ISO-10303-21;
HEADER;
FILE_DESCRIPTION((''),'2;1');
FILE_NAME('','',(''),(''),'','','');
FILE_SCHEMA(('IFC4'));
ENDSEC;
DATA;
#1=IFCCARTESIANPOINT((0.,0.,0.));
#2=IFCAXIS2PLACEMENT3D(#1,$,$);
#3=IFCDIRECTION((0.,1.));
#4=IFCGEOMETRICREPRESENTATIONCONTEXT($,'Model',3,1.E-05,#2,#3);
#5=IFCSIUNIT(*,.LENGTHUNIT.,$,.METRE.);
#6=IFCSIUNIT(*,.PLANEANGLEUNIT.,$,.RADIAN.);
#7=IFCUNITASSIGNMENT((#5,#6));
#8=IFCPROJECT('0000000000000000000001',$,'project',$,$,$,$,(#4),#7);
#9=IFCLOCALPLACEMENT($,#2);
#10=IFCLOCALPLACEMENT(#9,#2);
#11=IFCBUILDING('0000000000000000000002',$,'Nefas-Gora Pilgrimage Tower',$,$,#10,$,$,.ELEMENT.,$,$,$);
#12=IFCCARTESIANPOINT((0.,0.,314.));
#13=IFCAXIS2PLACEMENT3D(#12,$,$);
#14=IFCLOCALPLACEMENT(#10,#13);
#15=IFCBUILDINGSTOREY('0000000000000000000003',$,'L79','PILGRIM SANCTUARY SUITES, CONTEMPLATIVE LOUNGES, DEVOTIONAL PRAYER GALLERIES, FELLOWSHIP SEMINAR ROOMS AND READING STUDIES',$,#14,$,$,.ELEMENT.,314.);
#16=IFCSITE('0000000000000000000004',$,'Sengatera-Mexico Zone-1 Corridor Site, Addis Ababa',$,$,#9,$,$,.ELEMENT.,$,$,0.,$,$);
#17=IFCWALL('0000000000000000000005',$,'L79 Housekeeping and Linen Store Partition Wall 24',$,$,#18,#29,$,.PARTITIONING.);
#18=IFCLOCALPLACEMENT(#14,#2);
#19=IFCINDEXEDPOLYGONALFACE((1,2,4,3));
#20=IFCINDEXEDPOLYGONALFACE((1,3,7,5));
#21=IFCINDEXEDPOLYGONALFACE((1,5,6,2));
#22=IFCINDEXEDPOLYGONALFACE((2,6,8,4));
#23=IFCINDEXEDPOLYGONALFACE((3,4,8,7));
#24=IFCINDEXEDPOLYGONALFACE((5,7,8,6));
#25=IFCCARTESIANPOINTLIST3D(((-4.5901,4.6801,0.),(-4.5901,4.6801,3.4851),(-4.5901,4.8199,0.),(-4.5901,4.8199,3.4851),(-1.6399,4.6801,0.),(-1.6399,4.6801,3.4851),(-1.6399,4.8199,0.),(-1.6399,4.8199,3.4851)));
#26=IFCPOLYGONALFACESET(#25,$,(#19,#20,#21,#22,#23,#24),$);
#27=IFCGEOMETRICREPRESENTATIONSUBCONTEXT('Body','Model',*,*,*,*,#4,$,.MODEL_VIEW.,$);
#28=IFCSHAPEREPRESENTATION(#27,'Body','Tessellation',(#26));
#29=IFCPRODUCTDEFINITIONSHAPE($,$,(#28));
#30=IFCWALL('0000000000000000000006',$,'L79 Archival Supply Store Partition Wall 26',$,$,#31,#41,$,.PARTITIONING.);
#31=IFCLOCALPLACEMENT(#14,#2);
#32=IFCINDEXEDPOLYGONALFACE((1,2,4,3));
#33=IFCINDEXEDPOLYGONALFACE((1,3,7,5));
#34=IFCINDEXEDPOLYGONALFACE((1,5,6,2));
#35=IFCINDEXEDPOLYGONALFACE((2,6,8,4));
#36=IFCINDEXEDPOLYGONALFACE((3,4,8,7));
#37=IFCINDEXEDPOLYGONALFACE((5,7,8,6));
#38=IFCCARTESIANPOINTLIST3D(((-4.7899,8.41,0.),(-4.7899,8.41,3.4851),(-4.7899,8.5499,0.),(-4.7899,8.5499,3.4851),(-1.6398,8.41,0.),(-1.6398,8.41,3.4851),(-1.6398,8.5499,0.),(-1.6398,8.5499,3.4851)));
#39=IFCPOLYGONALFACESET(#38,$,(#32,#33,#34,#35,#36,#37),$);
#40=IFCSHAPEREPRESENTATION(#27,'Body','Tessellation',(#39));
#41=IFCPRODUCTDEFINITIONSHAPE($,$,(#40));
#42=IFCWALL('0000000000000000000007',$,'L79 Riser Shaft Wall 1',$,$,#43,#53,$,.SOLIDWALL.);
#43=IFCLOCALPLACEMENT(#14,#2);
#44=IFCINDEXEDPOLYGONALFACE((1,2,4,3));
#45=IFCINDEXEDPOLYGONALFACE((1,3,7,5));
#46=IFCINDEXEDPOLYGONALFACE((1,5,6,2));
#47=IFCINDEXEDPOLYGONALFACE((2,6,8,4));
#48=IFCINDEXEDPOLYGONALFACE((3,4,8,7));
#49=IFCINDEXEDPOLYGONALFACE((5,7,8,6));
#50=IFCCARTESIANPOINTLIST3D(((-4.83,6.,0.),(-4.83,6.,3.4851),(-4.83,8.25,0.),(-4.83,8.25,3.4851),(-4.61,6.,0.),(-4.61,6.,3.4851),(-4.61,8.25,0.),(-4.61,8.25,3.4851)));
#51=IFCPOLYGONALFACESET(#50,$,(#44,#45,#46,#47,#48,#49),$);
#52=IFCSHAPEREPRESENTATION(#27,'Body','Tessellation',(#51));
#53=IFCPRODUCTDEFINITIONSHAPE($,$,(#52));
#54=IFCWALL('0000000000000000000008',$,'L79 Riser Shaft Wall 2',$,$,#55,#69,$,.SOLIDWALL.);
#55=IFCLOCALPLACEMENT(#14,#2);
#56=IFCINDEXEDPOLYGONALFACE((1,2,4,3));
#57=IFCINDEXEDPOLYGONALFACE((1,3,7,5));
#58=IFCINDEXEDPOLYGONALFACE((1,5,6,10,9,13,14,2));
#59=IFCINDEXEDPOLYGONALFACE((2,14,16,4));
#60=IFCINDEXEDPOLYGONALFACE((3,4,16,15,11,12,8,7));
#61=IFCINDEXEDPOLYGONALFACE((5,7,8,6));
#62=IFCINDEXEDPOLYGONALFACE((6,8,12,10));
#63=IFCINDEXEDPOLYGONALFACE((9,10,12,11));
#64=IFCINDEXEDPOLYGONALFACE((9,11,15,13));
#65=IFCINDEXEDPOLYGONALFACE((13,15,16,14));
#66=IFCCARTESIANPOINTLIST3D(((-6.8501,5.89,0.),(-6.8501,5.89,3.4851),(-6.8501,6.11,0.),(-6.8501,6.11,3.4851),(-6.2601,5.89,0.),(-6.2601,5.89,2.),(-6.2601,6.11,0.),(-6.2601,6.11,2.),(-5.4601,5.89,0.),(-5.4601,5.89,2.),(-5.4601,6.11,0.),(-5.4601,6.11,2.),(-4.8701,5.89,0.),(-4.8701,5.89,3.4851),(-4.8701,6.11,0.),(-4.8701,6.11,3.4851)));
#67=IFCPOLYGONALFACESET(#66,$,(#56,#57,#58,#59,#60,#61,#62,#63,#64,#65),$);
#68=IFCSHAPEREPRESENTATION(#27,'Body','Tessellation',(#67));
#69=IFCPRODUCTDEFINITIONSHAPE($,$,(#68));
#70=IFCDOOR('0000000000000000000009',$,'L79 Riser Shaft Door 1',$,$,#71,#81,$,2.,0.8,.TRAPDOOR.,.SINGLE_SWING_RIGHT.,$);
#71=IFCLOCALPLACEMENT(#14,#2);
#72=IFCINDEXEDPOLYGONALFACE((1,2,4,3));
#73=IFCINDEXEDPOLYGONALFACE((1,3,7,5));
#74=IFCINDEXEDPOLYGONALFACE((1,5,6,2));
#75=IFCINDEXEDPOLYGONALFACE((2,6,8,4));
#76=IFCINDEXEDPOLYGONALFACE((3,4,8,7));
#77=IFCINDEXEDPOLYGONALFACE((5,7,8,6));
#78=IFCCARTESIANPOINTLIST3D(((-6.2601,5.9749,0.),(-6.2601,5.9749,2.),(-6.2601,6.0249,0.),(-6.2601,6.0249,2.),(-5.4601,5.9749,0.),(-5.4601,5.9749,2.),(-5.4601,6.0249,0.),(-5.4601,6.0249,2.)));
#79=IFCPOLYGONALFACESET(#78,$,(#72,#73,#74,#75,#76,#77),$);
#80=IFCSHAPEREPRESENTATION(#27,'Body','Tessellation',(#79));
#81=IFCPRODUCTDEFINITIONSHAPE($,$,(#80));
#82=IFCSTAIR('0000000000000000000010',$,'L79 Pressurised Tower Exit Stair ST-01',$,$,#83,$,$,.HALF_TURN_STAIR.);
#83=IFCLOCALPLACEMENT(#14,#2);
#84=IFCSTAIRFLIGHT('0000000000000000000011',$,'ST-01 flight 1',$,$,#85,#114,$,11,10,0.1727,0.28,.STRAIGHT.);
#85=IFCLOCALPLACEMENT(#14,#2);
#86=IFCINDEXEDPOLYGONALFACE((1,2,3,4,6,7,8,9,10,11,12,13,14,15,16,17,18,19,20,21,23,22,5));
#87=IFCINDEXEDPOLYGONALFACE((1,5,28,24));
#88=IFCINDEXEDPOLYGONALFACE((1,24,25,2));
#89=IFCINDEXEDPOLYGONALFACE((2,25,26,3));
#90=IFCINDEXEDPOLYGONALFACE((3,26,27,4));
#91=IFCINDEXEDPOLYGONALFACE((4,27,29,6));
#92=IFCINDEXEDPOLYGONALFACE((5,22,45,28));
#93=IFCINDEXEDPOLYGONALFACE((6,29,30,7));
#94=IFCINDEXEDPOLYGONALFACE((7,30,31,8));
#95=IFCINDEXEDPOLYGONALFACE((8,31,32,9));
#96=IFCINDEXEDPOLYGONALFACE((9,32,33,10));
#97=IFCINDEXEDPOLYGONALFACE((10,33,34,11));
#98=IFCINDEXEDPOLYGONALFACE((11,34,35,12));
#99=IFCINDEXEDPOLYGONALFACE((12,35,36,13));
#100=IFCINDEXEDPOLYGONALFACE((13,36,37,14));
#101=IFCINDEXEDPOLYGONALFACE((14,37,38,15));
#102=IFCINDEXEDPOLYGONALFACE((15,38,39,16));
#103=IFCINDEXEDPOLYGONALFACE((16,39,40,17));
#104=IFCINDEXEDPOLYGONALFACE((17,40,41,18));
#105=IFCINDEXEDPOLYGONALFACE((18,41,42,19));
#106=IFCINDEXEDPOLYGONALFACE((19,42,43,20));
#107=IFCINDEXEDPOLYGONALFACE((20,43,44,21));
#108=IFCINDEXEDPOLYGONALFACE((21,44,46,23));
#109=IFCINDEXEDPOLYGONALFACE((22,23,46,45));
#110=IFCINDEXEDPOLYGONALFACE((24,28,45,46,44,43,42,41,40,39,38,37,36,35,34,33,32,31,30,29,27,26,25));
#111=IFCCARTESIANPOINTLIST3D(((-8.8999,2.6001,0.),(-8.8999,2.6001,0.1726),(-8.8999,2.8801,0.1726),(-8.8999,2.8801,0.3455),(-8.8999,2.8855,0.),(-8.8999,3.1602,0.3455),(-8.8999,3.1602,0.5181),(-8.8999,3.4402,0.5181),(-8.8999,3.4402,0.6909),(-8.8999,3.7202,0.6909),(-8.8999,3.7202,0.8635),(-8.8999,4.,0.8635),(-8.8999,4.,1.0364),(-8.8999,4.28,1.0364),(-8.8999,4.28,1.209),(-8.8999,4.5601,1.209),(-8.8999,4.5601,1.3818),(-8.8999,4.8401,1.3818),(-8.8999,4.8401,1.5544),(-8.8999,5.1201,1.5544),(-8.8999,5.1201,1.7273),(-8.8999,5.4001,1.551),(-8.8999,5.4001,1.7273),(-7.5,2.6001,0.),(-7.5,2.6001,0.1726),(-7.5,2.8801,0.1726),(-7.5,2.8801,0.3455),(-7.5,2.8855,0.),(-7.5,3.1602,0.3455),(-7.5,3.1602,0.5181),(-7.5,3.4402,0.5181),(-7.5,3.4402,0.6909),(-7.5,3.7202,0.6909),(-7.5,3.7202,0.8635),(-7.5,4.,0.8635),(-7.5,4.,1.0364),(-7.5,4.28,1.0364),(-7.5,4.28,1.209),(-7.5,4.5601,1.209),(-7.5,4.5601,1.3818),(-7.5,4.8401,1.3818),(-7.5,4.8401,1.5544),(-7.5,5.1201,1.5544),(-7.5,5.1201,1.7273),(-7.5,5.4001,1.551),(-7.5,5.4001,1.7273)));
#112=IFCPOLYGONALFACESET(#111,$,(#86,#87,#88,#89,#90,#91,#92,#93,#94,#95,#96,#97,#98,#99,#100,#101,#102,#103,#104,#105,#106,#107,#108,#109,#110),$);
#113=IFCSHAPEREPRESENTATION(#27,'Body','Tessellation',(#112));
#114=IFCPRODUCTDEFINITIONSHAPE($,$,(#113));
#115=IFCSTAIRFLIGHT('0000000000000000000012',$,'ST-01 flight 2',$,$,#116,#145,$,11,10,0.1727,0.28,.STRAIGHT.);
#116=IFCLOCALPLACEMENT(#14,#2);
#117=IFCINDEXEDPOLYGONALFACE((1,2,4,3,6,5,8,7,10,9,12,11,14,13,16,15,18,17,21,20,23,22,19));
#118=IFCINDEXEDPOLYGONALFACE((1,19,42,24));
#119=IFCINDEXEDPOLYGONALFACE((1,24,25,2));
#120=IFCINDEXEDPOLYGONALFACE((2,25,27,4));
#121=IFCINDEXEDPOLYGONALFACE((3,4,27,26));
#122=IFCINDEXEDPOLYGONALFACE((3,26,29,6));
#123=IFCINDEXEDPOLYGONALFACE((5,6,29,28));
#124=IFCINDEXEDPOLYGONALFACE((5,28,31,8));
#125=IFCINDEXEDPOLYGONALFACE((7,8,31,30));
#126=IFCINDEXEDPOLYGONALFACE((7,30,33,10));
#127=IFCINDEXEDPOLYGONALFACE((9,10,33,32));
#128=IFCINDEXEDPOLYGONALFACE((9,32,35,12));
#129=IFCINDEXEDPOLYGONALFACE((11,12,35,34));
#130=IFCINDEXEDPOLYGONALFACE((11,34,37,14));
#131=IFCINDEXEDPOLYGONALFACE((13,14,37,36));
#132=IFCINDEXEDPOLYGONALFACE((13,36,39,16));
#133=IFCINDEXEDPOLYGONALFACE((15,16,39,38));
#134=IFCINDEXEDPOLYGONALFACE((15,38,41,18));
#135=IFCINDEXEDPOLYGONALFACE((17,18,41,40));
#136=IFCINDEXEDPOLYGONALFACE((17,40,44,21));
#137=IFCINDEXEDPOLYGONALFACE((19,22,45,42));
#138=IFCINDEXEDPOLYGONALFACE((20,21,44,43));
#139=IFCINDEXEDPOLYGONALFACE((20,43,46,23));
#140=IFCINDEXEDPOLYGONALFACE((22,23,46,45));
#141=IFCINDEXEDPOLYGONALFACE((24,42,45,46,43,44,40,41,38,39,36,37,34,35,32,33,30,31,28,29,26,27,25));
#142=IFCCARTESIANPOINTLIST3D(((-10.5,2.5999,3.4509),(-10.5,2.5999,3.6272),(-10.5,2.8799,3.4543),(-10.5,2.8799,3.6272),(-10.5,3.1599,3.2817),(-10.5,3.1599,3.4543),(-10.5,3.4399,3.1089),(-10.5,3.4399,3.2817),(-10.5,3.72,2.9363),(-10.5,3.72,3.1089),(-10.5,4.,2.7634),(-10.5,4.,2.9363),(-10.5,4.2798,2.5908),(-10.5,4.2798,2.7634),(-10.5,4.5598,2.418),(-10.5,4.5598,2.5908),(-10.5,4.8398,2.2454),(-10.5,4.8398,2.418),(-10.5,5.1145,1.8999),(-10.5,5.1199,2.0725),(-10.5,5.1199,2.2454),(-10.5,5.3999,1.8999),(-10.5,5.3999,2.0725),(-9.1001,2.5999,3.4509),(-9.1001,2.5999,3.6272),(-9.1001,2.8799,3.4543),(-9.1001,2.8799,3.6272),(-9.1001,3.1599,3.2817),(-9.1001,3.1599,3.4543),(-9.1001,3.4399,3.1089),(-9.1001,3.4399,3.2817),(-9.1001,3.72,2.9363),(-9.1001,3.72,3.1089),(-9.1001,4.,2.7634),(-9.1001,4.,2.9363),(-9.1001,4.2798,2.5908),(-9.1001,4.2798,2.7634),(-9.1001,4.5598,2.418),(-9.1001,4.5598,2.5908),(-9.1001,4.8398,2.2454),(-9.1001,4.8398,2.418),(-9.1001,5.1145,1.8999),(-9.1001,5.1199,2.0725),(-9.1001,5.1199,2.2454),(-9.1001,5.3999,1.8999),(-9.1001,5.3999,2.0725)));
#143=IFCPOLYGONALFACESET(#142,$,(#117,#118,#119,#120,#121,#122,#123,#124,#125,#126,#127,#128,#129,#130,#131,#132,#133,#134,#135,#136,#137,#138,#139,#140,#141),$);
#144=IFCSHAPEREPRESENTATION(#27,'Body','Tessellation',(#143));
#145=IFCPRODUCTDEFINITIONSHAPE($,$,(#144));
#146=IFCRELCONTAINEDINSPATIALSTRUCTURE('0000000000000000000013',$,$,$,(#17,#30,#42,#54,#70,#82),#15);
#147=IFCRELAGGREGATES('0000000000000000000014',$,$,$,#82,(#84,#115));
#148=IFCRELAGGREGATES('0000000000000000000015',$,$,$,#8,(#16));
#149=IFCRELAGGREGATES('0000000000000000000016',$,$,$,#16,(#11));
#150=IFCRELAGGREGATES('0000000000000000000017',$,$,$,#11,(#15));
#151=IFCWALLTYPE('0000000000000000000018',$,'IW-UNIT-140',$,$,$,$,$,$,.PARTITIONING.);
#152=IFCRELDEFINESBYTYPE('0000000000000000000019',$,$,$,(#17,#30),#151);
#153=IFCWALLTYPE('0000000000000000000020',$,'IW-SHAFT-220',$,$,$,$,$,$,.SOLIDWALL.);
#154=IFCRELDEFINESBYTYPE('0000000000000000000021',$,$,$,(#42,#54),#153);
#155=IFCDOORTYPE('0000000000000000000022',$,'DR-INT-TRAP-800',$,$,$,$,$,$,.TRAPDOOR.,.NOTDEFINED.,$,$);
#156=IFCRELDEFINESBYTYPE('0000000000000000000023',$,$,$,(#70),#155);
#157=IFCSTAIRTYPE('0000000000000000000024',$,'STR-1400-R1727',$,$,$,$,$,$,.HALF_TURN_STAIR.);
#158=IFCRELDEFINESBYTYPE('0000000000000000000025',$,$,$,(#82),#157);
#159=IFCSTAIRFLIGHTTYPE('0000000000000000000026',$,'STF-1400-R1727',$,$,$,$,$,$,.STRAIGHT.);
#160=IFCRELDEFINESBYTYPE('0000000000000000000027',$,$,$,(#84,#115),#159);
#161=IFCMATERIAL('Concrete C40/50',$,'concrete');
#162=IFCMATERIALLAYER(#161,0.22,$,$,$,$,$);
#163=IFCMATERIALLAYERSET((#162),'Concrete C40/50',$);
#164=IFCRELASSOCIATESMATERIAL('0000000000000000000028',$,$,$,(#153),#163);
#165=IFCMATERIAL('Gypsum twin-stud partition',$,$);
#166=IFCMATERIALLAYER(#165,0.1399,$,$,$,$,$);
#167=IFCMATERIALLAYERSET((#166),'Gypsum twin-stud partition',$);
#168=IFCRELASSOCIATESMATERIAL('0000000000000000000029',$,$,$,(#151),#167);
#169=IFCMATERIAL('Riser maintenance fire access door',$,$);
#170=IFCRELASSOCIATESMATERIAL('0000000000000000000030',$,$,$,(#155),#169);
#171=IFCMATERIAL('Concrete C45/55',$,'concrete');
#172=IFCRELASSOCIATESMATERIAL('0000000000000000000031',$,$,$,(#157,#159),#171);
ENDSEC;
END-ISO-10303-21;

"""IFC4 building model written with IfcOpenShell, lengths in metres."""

from ifc_helpers import new_model, si_unit, direction, frame, frame_2d, origin, place, context, subcontext, project, spatial, polyline, rectangle, outline, extrude, source, transform, mapped, material, layer, layer_set, type_object, element, fill, aggregate, save


model = new_model("IFC4")

# Units and contexts
model_context = context("Model", 3, precision=1e-05, world=origin(), true_north=direction((0.0, 1.0)))
body_context = subcontext(model_context, "Body", "Model", "MODEL_VIEW")
ifc_project = project(units=[si_unit("LENGTHUNIT", "METRE"), si_unit("PLANEANGLEUNIT", "RADIAN")], contexts=[model_context])

# Site, building, storey
site_placement = place(None, origin())
site = spatial("IfcSite", under=ifc_project, at=site_placement, Name="Sengatera-Mexico Zone-1 Corridor Site, Addis Ababa", CompositionType="ELEMENT", RefElevation=0.0)
building_placement = place(site_placement, origin())
building = spatial("IfcBuilding", under=site, at=building_placement, Name="Nefas-Gora Pilgrimage Tower", CompositionType="ELEMENT")
storey_placement = place(building_placement, frame((0.0, 0.0, 314.0)))
storey = spatial("IfcBuildingStorey", under=building, at=storey_placement, Name="L79", Description="PILGRIM SANCTUARY SUITES, CONTEMPLATIVE LOUNGES, DEVOTIONAL PRAYER GALLERIES, FELLOWSHIP SEMINAR ROOMS AND READING STUDIES", CompositionType="ELEMENT", Elevation=314.0)

# Shared definitions
ifc_material_1 = material(Name="Concrete C45/55", Category="concrete")

# Shared definitions
ifc_material_2 = material(Name="Concrete C40/50", Category="concrete")
ifc_layer_1 = layer(ifc_material_2, 0.22)
ifc_layer_set_1 = layer_set([ifc_layer_1], Name="Concrete C40/50")
wall_type_1 = type_object("IfcWallType", Name="IW-SHAFT-220", PredefinedType="SOLIDWALL", material=ifc_layer_set_1)

# Walls
ifc_material_3 = material(Name="Gypsum twin-stud partition")
ifc_layer_2 = layer(ifc_material_3, 0.1399)
ifc_layer_set_2 = layer_set([ifc_layer_2], Name="Gypsum twin-stud partition")
wall_type_2 = type_object("IfcWallType", Name="IW-UNIT-140", PredefinedType="PARTITIONING", material=ifc_layer_set_2)
shared_shape_1 = source(origin(), body_context, "Body", "SweptSolid", [
    extrude(rectangle(XDim=2.9502, YDim=0.1399, at=frame_2d((1.4751, 0.0))), origin(), (0.0, 0.0, 1.0), 3.4851),
])
wall_1_placement = place(storey_placement, frame((-4.5901, 4.75, 0.0), z_axis=(0.0, 0.0, 1.0), x_axis=(1.0, 0.0, 0.0)))
element("IfcWall", 1, at=wall_1_placement, inside=storey, type_object=wall_type_2, Name="L79 Housekeeping and Linen Store Partition Wall 24", PredefinedType="PARTITIONING", context=body_context, shape_type="MappedRepresentation", body=[
    mapped(shared_shape_1, transform((0.0, 0.0, 0.0), x_axis=(1.0, 0.0, 0.0), y_axis=(0.0, 1.0, 0.0), z_axis=(0.0, 0.0, 1.0), scale=1.0)),
])
shared_shape_2 = source(origin(), body_context, "Body", "SweptSolid", [
    extrude(rectangle(XDim=3.1501, YDim=0.1399, at=frame_2d((1.5752, 0.0))), origin(), (0.0, 0.0, 1.0), 3.4851),
])
wall_2_placement = place(storey_placement, frame((-4.79, 8.48, 0.0), z_axis=(0.0, 0.0, 1.0), x_axis=(1.0, 0.0, 0.0)))
element("IfcWall", 2, at=wall_2_placement, inside=storey, type_object=wall_type_2, Name="L79 Archival Supply Store Partition Wall 26", PredefinedType="PARTITIONING", context=body_context, shape_type="MappedRepresentation", body=[
    mapped(shared_shape_2, transform((0.0, 0.0, 0.0), x_axis=(1.0, 0.0, 0.0), y_axis=(0.0, 1.0, 0.0), z_axis=(0.0, 0.0, 1.0), scale=1.0)),
])
shared_shape_3 = source(origin(), body_context, "Body", "SweptSolid", [
    extrude(rectangle(XDim=2.25, YDim=0.22, at=frame_2d((1.125, 0.0))), origin(), (0.0, 0.0, 1.0), 3.4851),
])
wall_3_placement = place(storey_placement, frame((-4.72, 6.0, 0.0), z_axis=(0.0, 0.0, 1.0), x_axis=(0.0, 1.0, 0.0)))
element("IfcWall", 3, at=wall_3_placement, inside=storey, type_object=wall_type_1, Name="L79 Riser Shaft Wall 1", PredefinedType="SOLIDWALL", context=body_context, shape_type="MappedRepresentation", body=[
    mapped(shared_shape_3, transform((0.0, 0.0, 0.0), x_axis=(1.0, 0.0, 0.0), y_axis=(0.0, 1.0, 0.0), z_axis=(0.0, 0.0, 1.0), scale=1.0)),
])

# Wall, opening, door
shared_shape_4 = source(origin(), body_context, "Body", "SweptSolid", [
    extrude(rectangle(XDim=1.98, YDim=0.22, at=frame_2d((0.99, 0.0))), origin(), (0.0, 0.0, 1.0), 3.4851),
])
wall_4_placement = place(storey_placement, frame((-6.8501, 6.0, 0.0), z_axis=(0.0, 0.0, 1.0), x_axis=(1.0, 0.0, 0.0)))
wall_4 = element("IfcWall", 4, at=wall_4_placement, inside=storey, type_object=wall_type_1, Name="L79 Riser Shaft Wall 2", PredefinedType="SOLIDWALL", context=body_context, shape_type="MappedRepresentation", body=[
    mapped(shared_shape_4, transform((0.0, 0.0, 0.0), x_axis=(1.0, 0.0, 0.0), y_axis=(0.0, 1.0, 0.0), z_axis=(0.0, 0.0, 1.0), scale=1.0)),
])
opening_1_placement = place(wall_4_placement, frame((0.5901, 0.0, 0.0)))
opening_1 = element("IfcOpeningElement", 5, at=opening_1_placement, cuts=wall_4, PredefinedType="OPENING", context=body_context, shape_type="SweptSolid", body=[
    extrude(rectangle(XDim=0.8, YDim=2.0, at=frame_2d((0.3999, 1.0))), frame((0.0, 0.1199, 0.0), z_axis=(0.0, -1.0, 0.0), x_axis=(1.0, 0.0, 0.0)), (0.0, 0.0, 1.0), 0.24),
])
ifc_material_4 = material(Name="Riser maintenance fire access door")
door_type_1 = type_object("IfcDoorType", Name="DR-INT-TRAP-800", OperationType="NOTDEFINED", PredefinedType="TRAPDOOR", material=ifc_material_4)
shared_shape_5 = source(origin(), body_context, "Body", "SweptSolid", [
    extrude(rectangle(XDim=0.8, YDim=2.0, at=frame_2d((0.3999, 1.0))), frame((0.0, 0.0249, 0.0), z_axis=(0.0, -1.0, 0.0), x_axis=(1.0, 0.0, 0.0)), (0.0, 0.0, 1.0), 0.05),
])
door_1_placement = place(opening_1_placement, origin())
door_1 = element("IfcDoor", 6, at=door_1_placement, inside=storey, type_object=door_type_1, Name="L79 Riser Shaft Door 1", OperationType="SINGLE_SWING_RIGHT", OverallHeight=2.0, OverallWidth=0.8, PredefinedType="TRAPDOOR", context=body_context, shape_type="MappedRepresentation", body=[
    mapped(shared_shape_5, transform((0.0, 0.0, 0.0), x_axis=(1.0, 0.0, 0.0), y_axis=(0.0, 1.0, 0.0), z_axis=(0.0, 0.0, 1.0), scale=1.0)),
])
fill(opening_1, door_1)

# Stair, stair flights
stair_type = type_object("IfcStairType", Name="STR-1400-R1727", PredefinedType="HALF_TURN_STAIR", material=ifc_material_1)
stair_placement = place(storey_placement, origin())
stair = element("IfcStair", 7, at=stair_placement, inside=storey, type_object=stair_type, Name="L79 Pressurised Tower Exit Stair ST-01", PredefinedType="HALF_TURN_STAIR")
stair_flight_type = type_object("IfcStairFlightType", Name="STF-1400-R1727", PredefinedType="STRAIGHT", material=ifc_material_1)
shared_shape_6 = source(origin(), body_context, "Body", "SweptSolid", [
    extrude(outline(polyline([(0.0, 0.0), (0.0, 0.1726), (0.28, 0.1726), (0.28, 0.3455), (0.5601, 0.3455), (0.5601, 0.5181), (0.8401, 0.5181), (0.8401, 0.6909), (1.1201, 0.6909), (1.1201, 0.8635), (1.3999, 0.8635), (1.3999, 1.0364), (1.6799, 1.0364), (1.6799, 1.209), (1.96, 1.209), (1.96, 1.3818), (2.24, 1.3818), (2.24, 1.5544), (2.52, 1.5544), (2.52, 1.7273), (2.8, 1.7273), (2.8, 1.8999), (2.8, 1.551), (0.2854, 0.0), (0.0, 0.0)])), frame((0.0, 0.7, 0.0), z_axis=(0.0, -1.0, 0.0), x_axis=(1.0, 0.0, 0.0)), (0.0, 0.0, 1.0), 1.3999),
])
stair_flight_1_placement = place(storey_placement, frame((-8.2, 2.6001, 0.0), z_axis=(0.0, 0.0, 1.0), x_axis=(0.0, 1.0, 0.0)))
stair_flight_1 = element("IfcStairFlight", 8, at=stair_flight_1_placement, type_object=stair_flight_type, Name="ST-01 flight 1", NumberOfRisers=11, NumberOfTreads=10, PredefinedType="STRAIGHT", RiserHeight=0.1727, TreadLength=0.28, context=body_context, shape_type="MappedRepresentation", body=[
    mapped(shared_shape_6, transform((0.0, 0.0, 0.0), x_axis=(1.0, 0.0, 0.0), y_axis=(0.0, 1.0, 0.0), z_axis=(0.0, 0.0, 1.0), scale=1.0)),
])
stair_flight_2_placement = place(storey_placement, frame((-9.8, 5.3999, 1.8999), z_axis=(0.0, 0.0, 1.0), x_axis=(0.0, -1.0, 0.0)))
stair_flight_2 = element("IfcStairFlight", 9, at=stair_flight_2_placement, type_object=stair_flight_type, Name="ST-01 flight 2", NumberOfRisers=11, NumberOfTreads=10, PredefinedType="STRAIGHT", RiserHeight=0.1727, TreadLength=0.28, context=body_context, shape_type="MappedRepresentation", body=[
    mapped(shared_shape_6, transform((0.0, 0.0, 0.0), x_axis=(1.0, 0.0, 0.0), y_axis=(0.0, 1.0, 0.0), z_axis=(0.0, 0.0, 1.0), scale=1.0)),
])
aggregate(stair, [stair_flight_1, stair_flight_2])

save(model, "model.ifc")
